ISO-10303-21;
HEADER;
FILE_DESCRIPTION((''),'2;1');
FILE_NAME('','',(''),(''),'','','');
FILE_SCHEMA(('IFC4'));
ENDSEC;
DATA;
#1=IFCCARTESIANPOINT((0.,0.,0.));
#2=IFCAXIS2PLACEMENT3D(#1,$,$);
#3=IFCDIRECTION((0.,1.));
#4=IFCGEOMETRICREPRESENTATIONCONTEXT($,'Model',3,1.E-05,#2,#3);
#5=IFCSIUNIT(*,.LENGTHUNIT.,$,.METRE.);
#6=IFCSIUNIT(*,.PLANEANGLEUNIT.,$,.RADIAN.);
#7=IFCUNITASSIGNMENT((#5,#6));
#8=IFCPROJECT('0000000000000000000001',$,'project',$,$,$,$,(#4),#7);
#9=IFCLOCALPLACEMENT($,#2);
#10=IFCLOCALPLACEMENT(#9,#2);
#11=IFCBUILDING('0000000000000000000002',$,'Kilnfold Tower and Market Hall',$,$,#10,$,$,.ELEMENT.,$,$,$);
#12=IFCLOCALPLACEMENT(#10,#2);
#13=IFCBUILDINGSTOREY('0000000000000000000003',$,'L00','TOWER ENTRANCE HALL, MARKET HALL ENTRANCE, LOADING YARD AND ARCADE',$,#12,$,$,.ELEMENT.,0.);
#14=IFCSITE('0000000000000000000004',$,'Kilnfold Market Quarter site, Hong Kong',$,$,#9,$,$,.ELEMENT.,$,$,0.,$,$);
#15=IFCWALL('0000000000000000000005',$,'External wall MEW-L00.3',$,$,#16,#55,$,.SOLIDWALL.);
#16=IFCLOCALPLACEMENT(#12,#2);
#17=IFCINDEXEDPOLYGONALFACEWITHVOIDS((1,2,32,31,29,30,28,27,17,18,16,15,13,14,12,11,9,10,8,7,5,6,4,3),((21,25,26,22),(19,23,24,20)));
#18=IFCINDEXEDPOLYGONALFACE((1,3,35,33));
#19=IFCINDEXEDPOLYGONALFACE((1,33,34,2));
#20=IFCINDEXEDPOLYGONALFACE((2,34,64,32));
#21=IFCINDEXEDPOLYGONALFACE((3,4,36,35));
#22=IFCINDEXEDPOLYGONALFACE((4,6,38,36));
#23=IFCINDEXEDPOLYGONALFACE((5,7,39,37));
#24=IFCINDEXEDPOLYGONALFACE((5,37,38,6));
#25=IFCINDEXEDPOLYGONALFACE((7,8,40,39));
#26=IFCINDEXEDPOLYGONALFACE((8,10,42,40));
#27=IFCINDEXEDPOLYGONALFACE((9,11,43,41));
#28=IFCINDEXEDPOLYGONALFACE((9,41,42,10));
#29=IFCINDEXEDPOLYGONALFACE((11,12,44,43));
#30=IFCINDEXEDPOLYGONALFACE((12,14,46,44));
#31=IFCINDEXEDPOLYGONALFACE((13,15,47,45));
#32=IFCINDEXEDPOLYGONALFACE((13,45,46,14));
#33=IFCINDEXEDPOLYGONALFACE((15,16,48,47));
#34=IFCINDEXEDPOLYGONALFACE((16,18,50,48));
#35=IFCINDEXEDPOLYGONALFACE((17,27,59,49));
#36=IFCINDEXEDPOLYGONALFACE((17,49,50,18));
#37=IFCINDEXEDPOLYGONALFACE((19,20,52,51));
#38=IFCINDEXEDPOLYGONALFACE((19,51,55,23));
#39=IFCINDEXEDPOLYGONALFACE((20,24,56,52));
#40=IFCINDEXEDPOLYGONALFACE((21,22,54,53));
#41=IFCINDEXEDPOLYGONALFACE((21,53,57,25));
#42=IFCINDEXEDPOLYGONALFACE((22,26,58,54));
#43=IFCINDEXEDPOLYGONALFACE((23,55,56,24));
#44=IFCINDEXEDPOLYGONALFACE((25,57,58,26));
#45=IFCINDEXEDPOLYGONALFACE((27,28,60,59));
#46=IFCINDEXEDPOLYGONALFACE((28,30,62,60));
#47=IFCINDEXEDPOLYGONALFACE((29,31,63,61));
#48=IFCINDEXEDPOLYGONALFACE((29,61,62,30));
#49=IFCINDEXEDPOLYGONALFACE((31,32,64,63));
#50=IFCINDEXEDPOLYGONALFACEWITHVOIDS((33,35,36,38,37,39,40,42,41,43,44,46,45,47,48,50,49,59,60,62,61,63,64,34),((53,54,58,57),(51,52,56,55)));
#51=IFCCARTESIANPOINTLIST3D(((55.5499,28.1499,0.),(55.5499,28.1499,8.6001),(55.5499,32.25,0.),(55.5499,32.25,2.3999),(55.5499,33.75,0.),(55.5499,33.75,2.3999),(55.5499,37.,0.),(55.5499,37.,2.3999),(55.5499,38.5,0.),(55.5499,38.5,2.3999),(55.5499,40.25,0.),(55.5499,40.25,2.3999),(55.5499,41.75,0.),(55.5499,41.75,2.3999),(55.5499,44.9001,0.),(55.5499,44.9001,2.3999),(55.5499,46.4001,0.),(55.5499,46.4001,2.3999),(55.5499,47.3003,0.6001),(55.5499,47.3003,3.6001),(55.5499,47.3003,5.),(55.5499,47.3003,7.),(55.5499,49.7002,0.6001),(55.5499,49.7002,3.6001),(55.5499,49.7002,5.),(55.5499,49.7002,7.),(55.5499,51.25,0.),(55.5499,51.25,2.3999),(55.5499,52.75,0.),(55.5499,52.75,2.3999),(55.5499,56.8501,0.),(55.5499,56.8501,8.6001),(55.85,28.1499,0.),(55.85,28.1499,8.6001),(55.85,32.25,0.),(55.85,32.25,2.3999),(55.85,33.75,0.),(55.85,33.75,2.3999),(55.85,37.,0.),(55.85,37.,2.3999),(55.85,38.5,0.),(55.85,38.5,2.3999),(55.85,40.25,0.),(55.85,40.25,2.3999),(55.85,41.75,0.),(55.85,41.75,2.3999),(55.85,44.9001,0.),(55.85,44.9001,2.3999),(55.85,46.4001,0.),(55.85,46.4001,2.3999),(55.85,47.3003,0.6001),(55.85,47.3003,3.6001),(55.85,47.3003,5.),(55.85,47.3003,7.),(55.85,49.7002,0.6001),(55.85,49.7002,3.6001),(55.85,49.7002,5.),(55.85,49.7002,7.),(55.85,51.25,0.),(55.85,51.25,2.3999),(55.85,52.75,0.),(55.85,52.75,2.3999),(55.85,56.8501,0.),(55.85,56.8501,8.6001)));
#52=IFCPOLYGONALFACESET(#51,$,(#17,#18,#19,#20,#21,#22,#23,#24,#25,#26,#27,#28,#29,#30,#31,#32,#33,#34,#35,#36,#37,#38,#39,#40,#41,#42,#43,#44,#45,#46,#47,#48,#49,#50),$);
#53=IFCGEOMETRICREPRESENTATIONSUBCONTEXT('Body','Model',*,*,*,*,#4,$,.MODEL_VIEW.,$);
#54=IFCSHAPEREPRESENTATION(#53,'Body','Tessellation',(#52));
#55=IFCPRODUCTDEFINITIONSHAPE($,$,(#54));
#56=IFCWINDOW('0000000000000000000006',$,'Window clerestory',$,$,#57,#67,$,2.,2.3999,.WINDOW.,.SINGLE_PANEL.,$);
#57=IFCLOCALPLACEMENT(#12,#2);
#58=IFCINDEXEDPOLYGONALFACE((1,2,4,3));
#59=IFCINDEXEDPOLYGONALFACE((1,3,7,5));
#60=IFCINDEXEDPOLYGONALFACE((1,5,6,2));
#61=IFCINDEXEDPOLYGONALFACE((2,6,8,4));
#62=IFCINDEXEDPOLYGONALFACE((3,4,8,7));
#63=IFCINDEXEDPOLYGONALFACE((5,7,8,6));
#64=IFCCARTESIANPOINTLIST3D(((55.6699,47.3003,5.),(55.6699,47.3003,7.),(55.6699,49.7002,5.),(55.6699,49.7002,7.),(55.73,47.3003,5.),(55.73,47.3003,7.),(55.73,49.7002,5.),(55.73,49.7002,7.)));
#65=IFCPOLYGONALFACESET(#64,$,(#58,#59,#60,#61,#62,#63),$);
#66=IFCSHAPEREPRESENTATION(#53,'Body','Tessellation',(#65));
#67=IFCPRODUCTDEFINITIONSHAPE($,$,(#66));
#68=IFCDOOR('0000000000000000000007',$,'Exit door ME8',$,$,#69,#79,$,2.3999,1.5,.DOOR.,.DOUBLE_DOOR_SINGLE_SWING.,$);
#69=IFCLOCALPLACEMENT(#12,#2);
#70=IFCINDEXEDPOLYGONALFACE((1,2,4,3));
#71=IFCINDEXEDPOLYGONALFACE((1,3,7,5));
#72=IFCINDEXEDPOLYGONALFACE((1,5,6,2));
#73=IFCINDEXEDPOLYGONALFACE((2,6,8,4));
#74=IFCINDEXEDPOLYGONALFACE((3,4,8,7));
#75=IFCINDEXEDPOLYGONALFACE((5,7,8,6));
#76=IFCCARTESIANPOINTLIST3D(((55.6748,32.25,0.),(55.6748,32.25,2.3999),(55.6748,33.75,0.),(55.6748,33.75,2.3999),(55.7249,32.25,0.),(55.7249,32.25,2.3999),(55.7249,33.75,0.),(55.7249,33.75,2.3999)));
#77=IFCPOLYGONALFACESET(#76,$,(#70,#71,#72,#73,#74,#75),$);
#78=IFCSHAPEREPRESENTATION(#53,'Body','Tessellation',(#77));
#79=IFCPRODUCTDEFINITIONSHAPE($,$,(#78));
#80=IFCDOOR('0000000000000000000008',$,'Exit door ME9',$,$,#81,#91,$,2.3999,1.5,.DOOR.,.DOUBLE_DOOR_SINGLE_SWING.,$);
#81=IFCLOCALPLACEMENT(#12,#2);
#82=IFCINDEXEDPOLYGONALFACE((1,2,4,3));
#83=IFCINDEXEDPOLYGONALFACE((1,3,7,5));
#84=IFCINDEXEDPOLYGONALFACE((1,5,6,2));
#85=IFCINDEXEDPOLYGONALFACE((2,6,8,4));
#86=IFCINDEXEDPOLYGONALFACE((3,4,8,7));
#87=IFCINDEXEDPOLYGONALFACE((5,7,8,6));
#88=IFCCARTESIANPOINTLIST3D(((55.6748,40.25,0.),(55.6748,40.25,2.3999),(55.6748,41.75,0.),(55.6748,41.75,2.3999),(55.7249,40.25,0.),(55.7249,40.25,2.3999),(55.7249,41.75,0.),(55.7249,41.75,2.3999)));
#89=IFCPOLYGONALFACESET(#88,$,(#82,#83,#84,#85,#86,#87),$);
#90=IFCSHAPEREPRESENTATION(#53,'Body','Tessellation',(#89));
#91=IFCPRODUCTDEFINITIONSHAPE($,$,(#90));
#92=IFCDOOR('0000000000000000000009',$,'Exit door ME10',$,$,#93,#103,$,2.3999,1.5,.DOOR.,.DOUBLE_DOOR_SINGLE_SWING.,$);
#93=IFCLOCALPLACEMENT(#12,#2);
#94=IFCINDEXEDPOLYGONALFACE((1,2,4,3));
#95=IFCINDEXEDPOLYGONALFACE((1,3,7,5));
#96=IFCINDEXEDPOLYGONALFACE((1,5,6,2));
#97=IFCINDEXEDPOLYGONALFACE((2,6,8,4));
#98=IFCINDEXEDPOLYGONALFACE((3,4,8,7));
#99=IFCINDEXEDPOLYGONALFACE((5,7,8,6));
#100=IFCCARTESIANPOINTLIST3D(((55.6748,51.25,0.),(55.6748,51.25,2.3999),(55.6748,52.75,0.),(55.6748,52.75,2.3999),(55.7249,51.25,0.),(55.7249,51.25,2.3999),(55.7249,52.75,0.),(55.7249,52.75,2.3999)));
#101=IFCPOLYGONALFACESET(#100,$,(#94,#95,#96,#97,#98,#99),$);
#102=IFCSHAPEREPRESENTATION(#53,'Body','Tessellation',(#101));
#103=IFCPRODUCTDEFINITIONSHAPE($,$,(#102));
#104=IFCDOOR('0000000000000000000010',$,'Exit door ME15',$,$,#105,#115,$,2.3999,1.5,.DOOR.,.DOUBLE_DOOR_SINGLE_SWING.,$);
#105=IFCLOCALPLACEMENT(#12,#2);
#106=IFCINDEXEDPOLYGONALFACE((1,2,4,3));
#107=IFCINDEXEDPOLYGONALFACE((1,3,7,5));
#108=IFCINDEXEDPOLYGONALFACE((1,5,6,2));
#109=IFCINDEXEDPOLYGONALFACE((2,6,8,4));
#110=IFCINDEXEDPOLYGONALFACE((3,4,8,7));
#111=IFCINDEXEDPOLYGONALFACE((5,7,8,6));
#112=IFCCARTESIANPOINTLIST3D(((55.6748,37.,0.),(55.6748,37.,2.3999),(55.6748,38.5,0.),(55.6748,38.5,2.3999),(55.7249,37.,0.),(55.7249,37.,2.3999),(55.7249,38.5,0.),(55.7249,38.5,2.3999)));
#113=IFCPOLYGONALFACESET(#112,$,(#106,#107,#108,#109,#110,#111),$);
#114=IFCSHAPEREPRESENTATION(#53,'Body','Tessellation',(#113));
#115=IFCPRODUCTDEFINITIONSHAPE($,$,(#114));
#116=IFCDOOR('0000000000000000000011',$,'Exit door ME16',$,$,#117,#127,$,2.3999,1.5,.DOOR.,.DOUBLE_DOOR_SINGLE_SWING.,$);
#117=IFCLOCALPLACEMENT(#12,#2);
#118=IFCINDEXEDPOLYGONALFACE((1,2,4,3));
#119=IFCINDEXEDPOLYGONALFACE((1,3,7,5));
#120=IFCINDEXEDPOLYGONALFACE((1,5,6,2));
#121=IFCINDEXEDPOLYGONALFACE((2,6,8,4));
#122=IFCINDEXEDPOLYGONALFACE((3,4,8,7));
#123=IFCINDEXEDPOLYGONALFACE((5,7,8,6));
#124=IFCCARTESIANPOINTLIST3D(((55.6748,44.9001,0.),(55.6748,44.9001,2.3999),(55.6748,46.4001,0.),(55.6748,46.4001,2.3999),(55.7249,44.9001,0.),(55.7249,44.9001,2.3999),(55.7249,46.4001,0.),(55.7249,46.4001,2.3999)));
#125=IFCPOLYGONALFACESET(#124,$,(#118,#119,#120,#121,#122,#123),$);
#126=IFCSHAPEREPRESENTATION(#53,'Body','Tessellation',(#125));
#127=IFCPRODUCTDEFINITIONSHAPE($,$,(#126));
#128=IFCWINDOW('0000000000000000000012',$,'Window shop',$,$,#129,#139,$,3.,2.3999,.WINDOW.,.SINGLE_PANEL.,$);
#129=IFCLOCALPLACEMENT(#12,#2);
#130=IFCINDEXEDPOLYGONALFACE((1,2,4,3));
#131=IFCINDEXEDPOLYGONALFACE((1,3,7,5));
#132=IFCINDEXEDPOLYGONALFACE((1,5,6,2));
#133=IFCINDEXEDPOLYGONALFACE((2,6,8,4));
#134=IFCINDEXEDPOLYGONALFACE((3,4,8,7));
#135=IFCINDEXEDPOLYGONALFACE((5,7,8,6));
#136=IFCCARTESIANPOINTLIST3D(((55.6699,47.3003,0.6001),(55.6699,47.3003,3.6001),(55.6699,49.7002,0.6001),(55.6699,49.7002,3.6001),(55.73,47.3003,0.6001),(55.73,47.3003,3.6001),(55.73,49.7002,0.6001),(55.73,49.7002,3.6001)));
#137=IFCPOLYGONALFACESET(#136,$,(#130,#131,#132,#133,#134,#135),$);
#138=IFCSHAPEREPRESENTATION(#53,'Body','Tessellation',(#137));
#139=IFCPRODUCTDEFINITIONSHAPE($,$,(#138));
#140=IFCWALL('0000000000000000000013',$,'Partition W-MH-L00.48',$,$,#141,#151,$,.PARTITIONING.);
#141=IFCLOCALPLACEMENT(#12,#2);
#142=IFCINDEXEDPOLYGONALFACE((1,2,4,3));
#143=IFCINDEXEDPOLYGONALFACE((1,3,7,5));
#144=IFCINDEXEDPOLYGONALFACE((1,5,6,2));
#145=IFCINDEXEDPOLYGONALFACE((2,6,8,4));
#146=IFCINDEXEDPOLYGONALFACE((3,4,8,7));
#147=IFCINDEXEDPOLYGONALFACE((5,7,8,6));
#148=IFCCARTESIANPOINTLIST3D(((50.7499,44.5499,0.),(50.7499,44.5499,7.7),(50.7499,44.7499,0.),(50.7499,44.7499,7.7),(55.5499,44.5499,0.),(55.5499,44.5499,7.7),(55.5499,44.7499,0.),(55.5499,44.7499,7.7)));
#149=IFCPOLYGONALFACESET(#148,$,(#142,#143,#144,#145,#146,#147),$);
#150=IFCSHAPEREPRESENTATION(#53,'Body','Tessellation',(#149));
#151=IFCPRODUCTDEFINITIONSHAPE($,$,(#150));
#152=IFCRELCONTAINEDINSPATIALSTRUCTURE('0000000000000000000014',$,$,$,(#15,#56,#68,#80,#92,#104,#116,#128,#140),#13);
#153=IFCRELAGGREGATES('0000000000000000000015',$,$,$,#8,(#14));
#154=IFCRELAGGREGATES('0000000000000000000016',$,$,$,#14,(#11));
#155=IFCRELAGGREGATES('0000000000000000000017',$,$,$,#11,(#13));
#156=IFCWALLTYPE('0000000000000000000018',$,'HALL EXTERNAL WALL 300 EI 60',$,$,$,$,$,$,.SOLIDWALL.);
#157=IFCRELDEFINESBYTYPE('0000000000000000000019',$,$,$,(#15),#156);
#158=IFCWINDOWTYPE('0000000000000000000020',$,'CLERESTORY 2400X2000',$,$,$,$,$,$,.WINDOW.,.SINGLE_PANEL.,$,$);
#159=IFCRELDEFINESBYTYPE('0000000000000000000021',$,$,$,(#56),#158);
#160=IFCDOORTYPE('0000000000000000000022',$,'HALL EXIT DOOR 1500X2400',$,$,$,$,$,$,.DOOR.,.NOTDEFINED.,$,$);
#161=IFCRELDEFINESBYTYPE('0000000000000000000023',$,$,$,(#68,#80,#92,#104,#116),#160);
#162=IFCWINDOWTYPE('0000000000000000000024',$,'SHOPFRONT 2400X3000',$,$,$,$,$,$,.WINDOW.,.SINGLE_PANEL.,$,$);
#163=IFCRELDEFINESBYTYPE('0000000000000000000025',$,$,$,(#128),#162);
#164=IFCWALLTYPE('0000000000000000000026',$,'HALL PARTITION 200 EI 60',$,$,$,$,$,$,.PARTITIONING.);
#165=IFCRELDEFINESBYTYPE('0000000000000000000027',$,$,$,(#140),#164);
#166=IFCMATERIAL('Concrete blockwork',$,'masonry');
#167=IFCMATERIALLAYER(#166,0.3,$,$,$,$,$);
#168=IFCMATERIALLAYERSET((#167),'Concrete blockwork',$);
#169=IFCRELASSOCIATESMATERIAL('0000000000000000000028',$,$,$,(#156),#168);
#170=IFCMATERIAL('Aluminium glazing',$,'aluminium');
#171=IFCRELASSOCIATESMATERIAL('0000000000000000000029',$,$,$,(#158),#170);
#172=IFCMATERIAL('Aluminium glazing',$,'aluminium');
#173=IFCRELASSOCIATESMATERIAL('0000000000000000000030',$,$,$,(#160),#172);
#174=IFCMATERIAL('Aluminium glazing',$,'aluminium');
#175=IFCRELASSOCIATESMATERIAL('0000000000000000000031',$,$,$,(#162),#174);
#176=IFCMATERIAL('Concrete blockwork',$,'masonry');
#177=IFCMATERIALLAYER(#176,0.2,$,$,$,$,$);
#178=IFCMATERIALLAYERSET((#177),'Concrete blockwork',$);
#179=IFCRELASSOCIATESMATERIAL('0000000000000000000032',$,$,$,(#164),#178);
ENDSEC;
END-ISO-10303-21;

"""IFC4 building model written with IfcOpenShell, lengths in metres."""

from ifc_helpers import new_model, si_unit, direction, frame, frame_2d, origin, place, context, subcontext, project, spatial, rectangle, extrude, source, transform, mapped, material, layer, layer_set, type_object, element, fill, save


model = new_model("IFC4")

# Units and contexts
model_context = context("Model", 3, precision=1e-05, world=origin(), true_north=direction((0.0, 1.0)))
body_context = subcontext(model_context, "Body", "Model", "MODEL_VIEW")
ifc_project = project(units=[si_unit("LENGTHUNIT", "METRE"), si_unit("PLANEANGLEUNIT", "RADIAN")], contexts=[model_context])

# Site, building, storey
site_placement = place(None, origin())
site = spatial("IfcSite", under=ifc_project, at=site_placement, Name="Kilnfold Market Quarter site, Hong Kong", CompositionType="ELEMENT", RefElevation=0.0)
building_placement = place(site_placement, origin())
building = spatial("IfcBuilding", under=site, at=building_placement, Name="Kilnfold Tower and Market Hall", CompositionType="ELEMENT")
storey_placement = place(building_placement, origin())
storey = spatial("IfcBuildingStorey", under=building, at=storey_placement, Name="L00", Description="TOWER ENTRANCE HALL, MARKET HALL ENTRANCE, LOADING YARD AND ARCADE", CompositionType="ELEMENT", Elevation=0.0)

# Wall, openings, windows, doors
ifc_material_1 = material(Name="Concrete blockwork", Category="masonry")
ifc_layer_1 = layer(ifc_material_1, 0.3)
ifc_layer_set_1 = layer_set([ifc_layer_1], Name="Concrete blockwork")
wall_type_1 = type_object("IfcWallType", Name="HALL EXTERNAL WALL 300 EI 60", PredefinedType="SOLIDWALL", material=ifc_layer_set_1)
shared_shape_1 = source(origin(), body_context, "Body", "SweptSolid", [
    extrude(rectangle(XDim=28.7002, YDim=0.3, at=frame_2d((14.3501, 0.0))), origin(), (0.0, 0.0, 1.0), 8.6001),
])
wall_1_placement = place(storey_placement, frame((55.7, 56.8501, 0.0), z_axis=(0.0, 0.0, 1.0), x_axis=(0.0, -1.0, 0.0)))
wall_1 = element("IfcWall", 1, at=wall_1_placement, inside=storey, type_object=wall_type_1, Name="External wall MEW-L00.3", PredefinedType="SOLIDWALL", context=body_context, shape_type="MappedRepresentation", body=[
    mapped(shared_shape_1, transform((0.0, 0.0, 0.0))),
])
opening_1_placement = place(wall_1_placement, frame((23.1001, 0.0, 0.0)))
opening_1 = element("IfcOpeningElement", 2, at=opening_1_placement, cuts=wall_1, PredefinedType="OPENING", context=body_context, shape_type="SweptSolid", body=[
    extrude(rectangle(XDim=1.5, YDim=2.3999, at=frame_2d((0.75, 1.2))), frame((0.0, 0.1602, 0.0), z_axis=(0.0, -1.0, 0.0), x_axis=(1.0, 0.0, 0.0)), (0.0, 0.0, 1.0), 0.3201),
])
opening_2_placement = place(wall_1_placement, frame((15.1001, 0.0, 0.0)))
opening_2 = element("IfcOpeningElement", 3, at=opening_2_placement, cuts=wall_1, PredefinedType="OPENING", context=body_context, shape_type="SweptSolid", body=[
    extrude(rectangle(XDim=1.5, YDim=2.3999, at=frame_2d((0.75, 1.2))), frame((0.0, 0.1602, 0.0), z_axis=(0.0, -1.0, 0.0), x_axis=(1.0, 0.0, 0.0)), (0.0, 0.0, 1.0), 0.3201),
])
opening_3_placement = place(wall_1_placement, frame((4.1001, 0.0, 0.0)))
opening_3 = element("IfcOpeningElement", 4, at=opening_3_placement, cuts=wall_1, PredefinedType="OPENING", context=body_context, shape_type="SweptSolid", body=[
    extrude(rectangle(XDim=1.5, YDim=2.3999, at=frame_2d((0.75, 1.2))), frame((0.0, 0.1602, 0.0), z_axis=(0.0, -1.0, 0.0), x_axis=(1.0, 0.0, 0.0)), (0.0, 0.0, 1.0), 0.3201),
])
opening_4_placement = place(wall_1_placement, frame((18.3501, 0.0, 0.0)))
opening_4 = element("IfcOpeningElement", 5, at=opening_4_placement, cuts=wall_1, PredefinedType="OPENING", context=body_context, shape_type="SweptSolid", body=[
    extrude(rectangle(XDim=1.5, YDim=2.3999, at=frame_2d((0.75, 1.2))), frame((0.0, 0.1602, 0.0), z_axis=(0.0, -1.0, 0.0), x_axis=(1.0, 0.0, 0.0)), (0.0, 0.0, 1.0), 0.3201),
])
opening_5_placement = place(wall_1_placement, frame((10.45, 0.0, 0.0)))
opening_5 = element("IfcOpeningElement", 6, at=opening_5_placement, cuts=wall_1, PredefinedType="OPENING", context=body_context, shape_type="SweptSolid", body=[
    extrude(rectangle(XDim=1.5, YDim=2.3999, at=frame_2d((0.75, 1.2))), frame((0.0, 0.1602, 0.0), z_axis=(0.0, -1.0, 0.0), x_axis=(1.0, 0.0, 0.0)), (0.0, 0.0, 1.0), 0.3201),
])
opening_6_placement = place(wall_1_placement, frame((7.1499, 0.0, 0.6001)))
opening_6 = element("IfcOpeningElement", 7, at=opening_6_placement, cuts=wall_1, PredefinedType="OPENING", context=body_context, shape_type="SweptSolid", body=[
    extrude(rectangle(XDim=2.3999, YDim=3.0, at=frame_2d((1.2, 1.5))), frame((0.0, 0.1602, 0.0), z_axis=(0.0, -1.0, 0.0), x_axis=(1.0, 0.0, 0.0)), (0.0, 0.0, 1.0), 0.3201),
])
opening_7_placement = place(wall_1_placement, frame((7.1499, 0.0, 5.0)))
opening_7 = element("IfcOpeningElement", 8, at=opening_7_placement, cuts=wall_1, PredefinedType="OPENING", context=body_context, shape_type="SweptSolid", body=[
    extrude(rectangle(XDim=2.3999, YDim=2.0, at=frame_2d((1.2, 1.0))), frame((0.0, 0.1602, 0.0), z_axis=(0.0, -1.0, 0.0), x_axis=(1.0, 0.0, 0.0)), (0.0, 0.0, 1.0), 0.3201),
])
ifc_material_2 = material(Name="Aluminium glazing", Category="aluminium")
window_type_1 = type_object("IfcWindowType", Name="CLERESTORY 2400X2000", PartitioningType="SINGLE_PANEL", PredefinedType="WINDOW", material=ifc_material_2)
window_1_placement = place(opening_7_placement, origin())
window_1 = element("IfcWindow", 9, at=window_1_placement, inside=storey, type_object=window_type_1, Name="Window clerestory", OverallHeight=2.0, OverallWidth=2.3999, PartitioningType="SINGLE_PANEL", PredefinedType="WINDOW", context=body_context, shape_type="SweptSolid", body=[
    extrude(rectangle(XDim=2.3999, YDim=2.0, at=frame_2d((1.2, 1.0))), frame((0.0, 0.03, 0.0), z_axis=(0.0, -1.0, 0.0), x_axis=(1.0, 0.0, 0.0)), (0.0, 0.0, 1.0), 0.0601),
])
fill(opening_7, window_1)
ifc_material_3 = material(Name="Aluminium glazing", Category="aluminium")
door_type_1 = type_object("IfcDoorType", Name="HALL EXIT DOOR 1500X2400", OperationType="NOTDEFINED", PredefinedType="DOOR", material=ifc_material_3)
door_1_placement = place(opening_1_placement, origin())
door_1 = element("IfcDoor", 10, at=door_1_placement, inside=storey, type_object=door_type_1, Name="Exit door ME8", OperationType="DOUBLE_DOOR_SINGLE_SWING", OverallHeight=2.3999, OverallWidth=1.5, PredefinedType="DOOR", context=body_context, shape_type="SweptSolid", body=[
    extrude(rectangle(XDim=1.5, YDim=2.3999, at=frame_2d((0.75, 1.2))), frame((0.0, 0.0249, 0.0), z_axis=(0.0, -1.0, 0.0), x_axis=(1.0, 0.0, 0.0)), (0.0, 0.0, 1.0), 0.05),
])
fill(opening_1, door_1)
door_2_placement = place(opening_2_placement, origin())
door_2 = element("IfcDoor", 11, at=door_2_placement, inside=storey, type_object=door_type_1, Name="Exit door ME9", OperationType="DOUBLE_DOOR_SINGLE_SWING", OverallHeight=2.3999, OverallWidth=1.5, PredefinedType="DOOR", context=body_context, shape_type="SweptSolid", body=[
    extrude(rectangle(XDim=1.5, YDim=2.3999, at=frame_2d((0.75, 1.2))), frame((0.0, 0.0249, 0.0), z_axis=(0.0, -1.0, 0.0), x_axis=(1.0, 0.0, 0.0)), (0.0, 0.0, 1.0), 0.05),
])
fill(opening_2, door_2)
door_3_placement = place(opening_3_placement, origin())
door_3 = element("IfcDoor", 12, at=door_3_placement, inside=storey, type_object=door_type_1, Name="Exit door ME10", OperationType="DOUBLE_DOOR_SINGLE_SWING", OverallHeight=2.3999, OverallWidth=1.5, PredefinedType="DOOR", context=body_context, shape_type="SweptSolid", body=[
    extrude(rectangle(XDim=1.5, YDim=2.3999, at=frame_2d((0.75, 1.2))), frame((0.0, 0.0249, 0.0), z_axis=(0.0, -1.0, 0.0), x_axis=(1.0, 0.0, 0.0)), (0.0, 0.0, 1.0), 0.05),
])
fill(opening_3, door_3)
door_4_placement = place(opening_4_placement, origin())
door_4 = element("IfcDoor", 13, at=door_4_placement, inside=storey, type_object=door_type_1, Name="Exit door ME15", OperationType="DOUBLE_DOOR_SINGLE_SWING", OverallHeight=2.3999, OverallWidth=1.5, PredefinedType="DOOR", context=body_context, shape_type="SweptSolid", body=[
    extrude(rectangle(XDim=1.5, YDim=2.3999, at=frame_2d((0.75, 1.2))), frame((0.0, 0.0249, 0.0), z_axis=(0.0, -1.0, 0.0), x_axis=(1.0, 0.0, 0.0)), (0.0, 0.0, 1.0), 0.05),
])
fill(opening_4, door_4)
door_5_placement = place(opening_5_placement, origin())
door_5 = element("IfcDoor", 14, at=door_5_placement, inside=storey, type_object=door_type_1, Name="Exit door ME16", OperationType="DOUBLE_DOOR_SINGLE_SWING", OverallHeight=2.3999, OverallWidth=1.5, PredefinedType="DOOR", context=body_context, shape_type="SweptSolid", body=[
    extrude(rectangle(XDim=1.5, YDim=2.3999, at=frame_2d((0.75, 1.2))), frame((0.0, 0.0249, 0.0), z_axis=(0.0, -1.0, 0.0), x_axis=(1.0, 0.0, 0.0)), (0.0, 0.0, 1.0), 0.05),
])
fill(opening_5, door_5)
ifc_material_4 = material(Name="Aluminium glazing", Category="aluminium")
window_type_2 = type_object("IfcWindowType", Name="SHOPFRONT 2400X3000", PartitioningType="SINGLE_PANEL", PredefinedType="WINDOW", material=ifc_material_4)
window_2_placement = place(opening_6_placement, origin())
window_2 = element("IfcWindow", 15, at=window_2_placement, inside=storey, type_object=window_type_2, Name="Window shop", OverallHeight=3.0, OverallWidth=2.3999, PartitioningType="SINGLE_PANEL", PredefinedType="WINDOW", context=body_context, shape_type="SweptSolid", body=[
    extrude(rectangle(XDim=2.3999, YDim=3.0, at=frame_2d((1.2, 1.5))), frame((0.0, 0.03, 0.0), z_axis=(0.0, -1.0, 0.0), x_axis=(1.0, 0.0, 0.0)), (0.0, 0.0, 1.0), 0.0601),
])
fill(opening_6, window_2)

# Wall
ifc_material_5 = material(Name="Concrete blockwork", Category="masonry")
ifc_layer_2 = layer(ifc_material_5, 0.2)
ifc_layer_set_2 = layer_set([ifc_layer_2], Name="Concrete blockwork")
wall_type_2 = type_object("IfcWallType", Name="HALL PARTITION 200 EI 60", PredefinedType="PARTITIONING", material=ifc_layer_set_2)
shared_shape_2 = source(origin(), body_context, "Body", "SweptSolid", [
    extrude(rectangle(XDim=4.8, YDim=0.2, at=frame_2d((2.3999, 0.0))), origin(), (0.0, 0.0, 1.0), 7.7),
])
for number, where, z_axis, x_axis, name in (
    (16, (50.75, 44.6499, 0.0), (0.0, 0.0, 1.0), (1.0, 0.0, 0.0), "Partition W-MH-L00.48"),
):
    element("IfcWall", number, at=place(storey_placement, frame(where, z_axis=z_axis, x_axis=x_axis)), inside=storey, type_object=wall_type_2, Name=name, PredefinedType="PARTITIONING", context=body_context, shape_type="MappedRepresentation", body=[
        mapped(shared_shape_2, transform((0.0, 0.0, 0.0))),
    ])

save(model, "model.ifc")
